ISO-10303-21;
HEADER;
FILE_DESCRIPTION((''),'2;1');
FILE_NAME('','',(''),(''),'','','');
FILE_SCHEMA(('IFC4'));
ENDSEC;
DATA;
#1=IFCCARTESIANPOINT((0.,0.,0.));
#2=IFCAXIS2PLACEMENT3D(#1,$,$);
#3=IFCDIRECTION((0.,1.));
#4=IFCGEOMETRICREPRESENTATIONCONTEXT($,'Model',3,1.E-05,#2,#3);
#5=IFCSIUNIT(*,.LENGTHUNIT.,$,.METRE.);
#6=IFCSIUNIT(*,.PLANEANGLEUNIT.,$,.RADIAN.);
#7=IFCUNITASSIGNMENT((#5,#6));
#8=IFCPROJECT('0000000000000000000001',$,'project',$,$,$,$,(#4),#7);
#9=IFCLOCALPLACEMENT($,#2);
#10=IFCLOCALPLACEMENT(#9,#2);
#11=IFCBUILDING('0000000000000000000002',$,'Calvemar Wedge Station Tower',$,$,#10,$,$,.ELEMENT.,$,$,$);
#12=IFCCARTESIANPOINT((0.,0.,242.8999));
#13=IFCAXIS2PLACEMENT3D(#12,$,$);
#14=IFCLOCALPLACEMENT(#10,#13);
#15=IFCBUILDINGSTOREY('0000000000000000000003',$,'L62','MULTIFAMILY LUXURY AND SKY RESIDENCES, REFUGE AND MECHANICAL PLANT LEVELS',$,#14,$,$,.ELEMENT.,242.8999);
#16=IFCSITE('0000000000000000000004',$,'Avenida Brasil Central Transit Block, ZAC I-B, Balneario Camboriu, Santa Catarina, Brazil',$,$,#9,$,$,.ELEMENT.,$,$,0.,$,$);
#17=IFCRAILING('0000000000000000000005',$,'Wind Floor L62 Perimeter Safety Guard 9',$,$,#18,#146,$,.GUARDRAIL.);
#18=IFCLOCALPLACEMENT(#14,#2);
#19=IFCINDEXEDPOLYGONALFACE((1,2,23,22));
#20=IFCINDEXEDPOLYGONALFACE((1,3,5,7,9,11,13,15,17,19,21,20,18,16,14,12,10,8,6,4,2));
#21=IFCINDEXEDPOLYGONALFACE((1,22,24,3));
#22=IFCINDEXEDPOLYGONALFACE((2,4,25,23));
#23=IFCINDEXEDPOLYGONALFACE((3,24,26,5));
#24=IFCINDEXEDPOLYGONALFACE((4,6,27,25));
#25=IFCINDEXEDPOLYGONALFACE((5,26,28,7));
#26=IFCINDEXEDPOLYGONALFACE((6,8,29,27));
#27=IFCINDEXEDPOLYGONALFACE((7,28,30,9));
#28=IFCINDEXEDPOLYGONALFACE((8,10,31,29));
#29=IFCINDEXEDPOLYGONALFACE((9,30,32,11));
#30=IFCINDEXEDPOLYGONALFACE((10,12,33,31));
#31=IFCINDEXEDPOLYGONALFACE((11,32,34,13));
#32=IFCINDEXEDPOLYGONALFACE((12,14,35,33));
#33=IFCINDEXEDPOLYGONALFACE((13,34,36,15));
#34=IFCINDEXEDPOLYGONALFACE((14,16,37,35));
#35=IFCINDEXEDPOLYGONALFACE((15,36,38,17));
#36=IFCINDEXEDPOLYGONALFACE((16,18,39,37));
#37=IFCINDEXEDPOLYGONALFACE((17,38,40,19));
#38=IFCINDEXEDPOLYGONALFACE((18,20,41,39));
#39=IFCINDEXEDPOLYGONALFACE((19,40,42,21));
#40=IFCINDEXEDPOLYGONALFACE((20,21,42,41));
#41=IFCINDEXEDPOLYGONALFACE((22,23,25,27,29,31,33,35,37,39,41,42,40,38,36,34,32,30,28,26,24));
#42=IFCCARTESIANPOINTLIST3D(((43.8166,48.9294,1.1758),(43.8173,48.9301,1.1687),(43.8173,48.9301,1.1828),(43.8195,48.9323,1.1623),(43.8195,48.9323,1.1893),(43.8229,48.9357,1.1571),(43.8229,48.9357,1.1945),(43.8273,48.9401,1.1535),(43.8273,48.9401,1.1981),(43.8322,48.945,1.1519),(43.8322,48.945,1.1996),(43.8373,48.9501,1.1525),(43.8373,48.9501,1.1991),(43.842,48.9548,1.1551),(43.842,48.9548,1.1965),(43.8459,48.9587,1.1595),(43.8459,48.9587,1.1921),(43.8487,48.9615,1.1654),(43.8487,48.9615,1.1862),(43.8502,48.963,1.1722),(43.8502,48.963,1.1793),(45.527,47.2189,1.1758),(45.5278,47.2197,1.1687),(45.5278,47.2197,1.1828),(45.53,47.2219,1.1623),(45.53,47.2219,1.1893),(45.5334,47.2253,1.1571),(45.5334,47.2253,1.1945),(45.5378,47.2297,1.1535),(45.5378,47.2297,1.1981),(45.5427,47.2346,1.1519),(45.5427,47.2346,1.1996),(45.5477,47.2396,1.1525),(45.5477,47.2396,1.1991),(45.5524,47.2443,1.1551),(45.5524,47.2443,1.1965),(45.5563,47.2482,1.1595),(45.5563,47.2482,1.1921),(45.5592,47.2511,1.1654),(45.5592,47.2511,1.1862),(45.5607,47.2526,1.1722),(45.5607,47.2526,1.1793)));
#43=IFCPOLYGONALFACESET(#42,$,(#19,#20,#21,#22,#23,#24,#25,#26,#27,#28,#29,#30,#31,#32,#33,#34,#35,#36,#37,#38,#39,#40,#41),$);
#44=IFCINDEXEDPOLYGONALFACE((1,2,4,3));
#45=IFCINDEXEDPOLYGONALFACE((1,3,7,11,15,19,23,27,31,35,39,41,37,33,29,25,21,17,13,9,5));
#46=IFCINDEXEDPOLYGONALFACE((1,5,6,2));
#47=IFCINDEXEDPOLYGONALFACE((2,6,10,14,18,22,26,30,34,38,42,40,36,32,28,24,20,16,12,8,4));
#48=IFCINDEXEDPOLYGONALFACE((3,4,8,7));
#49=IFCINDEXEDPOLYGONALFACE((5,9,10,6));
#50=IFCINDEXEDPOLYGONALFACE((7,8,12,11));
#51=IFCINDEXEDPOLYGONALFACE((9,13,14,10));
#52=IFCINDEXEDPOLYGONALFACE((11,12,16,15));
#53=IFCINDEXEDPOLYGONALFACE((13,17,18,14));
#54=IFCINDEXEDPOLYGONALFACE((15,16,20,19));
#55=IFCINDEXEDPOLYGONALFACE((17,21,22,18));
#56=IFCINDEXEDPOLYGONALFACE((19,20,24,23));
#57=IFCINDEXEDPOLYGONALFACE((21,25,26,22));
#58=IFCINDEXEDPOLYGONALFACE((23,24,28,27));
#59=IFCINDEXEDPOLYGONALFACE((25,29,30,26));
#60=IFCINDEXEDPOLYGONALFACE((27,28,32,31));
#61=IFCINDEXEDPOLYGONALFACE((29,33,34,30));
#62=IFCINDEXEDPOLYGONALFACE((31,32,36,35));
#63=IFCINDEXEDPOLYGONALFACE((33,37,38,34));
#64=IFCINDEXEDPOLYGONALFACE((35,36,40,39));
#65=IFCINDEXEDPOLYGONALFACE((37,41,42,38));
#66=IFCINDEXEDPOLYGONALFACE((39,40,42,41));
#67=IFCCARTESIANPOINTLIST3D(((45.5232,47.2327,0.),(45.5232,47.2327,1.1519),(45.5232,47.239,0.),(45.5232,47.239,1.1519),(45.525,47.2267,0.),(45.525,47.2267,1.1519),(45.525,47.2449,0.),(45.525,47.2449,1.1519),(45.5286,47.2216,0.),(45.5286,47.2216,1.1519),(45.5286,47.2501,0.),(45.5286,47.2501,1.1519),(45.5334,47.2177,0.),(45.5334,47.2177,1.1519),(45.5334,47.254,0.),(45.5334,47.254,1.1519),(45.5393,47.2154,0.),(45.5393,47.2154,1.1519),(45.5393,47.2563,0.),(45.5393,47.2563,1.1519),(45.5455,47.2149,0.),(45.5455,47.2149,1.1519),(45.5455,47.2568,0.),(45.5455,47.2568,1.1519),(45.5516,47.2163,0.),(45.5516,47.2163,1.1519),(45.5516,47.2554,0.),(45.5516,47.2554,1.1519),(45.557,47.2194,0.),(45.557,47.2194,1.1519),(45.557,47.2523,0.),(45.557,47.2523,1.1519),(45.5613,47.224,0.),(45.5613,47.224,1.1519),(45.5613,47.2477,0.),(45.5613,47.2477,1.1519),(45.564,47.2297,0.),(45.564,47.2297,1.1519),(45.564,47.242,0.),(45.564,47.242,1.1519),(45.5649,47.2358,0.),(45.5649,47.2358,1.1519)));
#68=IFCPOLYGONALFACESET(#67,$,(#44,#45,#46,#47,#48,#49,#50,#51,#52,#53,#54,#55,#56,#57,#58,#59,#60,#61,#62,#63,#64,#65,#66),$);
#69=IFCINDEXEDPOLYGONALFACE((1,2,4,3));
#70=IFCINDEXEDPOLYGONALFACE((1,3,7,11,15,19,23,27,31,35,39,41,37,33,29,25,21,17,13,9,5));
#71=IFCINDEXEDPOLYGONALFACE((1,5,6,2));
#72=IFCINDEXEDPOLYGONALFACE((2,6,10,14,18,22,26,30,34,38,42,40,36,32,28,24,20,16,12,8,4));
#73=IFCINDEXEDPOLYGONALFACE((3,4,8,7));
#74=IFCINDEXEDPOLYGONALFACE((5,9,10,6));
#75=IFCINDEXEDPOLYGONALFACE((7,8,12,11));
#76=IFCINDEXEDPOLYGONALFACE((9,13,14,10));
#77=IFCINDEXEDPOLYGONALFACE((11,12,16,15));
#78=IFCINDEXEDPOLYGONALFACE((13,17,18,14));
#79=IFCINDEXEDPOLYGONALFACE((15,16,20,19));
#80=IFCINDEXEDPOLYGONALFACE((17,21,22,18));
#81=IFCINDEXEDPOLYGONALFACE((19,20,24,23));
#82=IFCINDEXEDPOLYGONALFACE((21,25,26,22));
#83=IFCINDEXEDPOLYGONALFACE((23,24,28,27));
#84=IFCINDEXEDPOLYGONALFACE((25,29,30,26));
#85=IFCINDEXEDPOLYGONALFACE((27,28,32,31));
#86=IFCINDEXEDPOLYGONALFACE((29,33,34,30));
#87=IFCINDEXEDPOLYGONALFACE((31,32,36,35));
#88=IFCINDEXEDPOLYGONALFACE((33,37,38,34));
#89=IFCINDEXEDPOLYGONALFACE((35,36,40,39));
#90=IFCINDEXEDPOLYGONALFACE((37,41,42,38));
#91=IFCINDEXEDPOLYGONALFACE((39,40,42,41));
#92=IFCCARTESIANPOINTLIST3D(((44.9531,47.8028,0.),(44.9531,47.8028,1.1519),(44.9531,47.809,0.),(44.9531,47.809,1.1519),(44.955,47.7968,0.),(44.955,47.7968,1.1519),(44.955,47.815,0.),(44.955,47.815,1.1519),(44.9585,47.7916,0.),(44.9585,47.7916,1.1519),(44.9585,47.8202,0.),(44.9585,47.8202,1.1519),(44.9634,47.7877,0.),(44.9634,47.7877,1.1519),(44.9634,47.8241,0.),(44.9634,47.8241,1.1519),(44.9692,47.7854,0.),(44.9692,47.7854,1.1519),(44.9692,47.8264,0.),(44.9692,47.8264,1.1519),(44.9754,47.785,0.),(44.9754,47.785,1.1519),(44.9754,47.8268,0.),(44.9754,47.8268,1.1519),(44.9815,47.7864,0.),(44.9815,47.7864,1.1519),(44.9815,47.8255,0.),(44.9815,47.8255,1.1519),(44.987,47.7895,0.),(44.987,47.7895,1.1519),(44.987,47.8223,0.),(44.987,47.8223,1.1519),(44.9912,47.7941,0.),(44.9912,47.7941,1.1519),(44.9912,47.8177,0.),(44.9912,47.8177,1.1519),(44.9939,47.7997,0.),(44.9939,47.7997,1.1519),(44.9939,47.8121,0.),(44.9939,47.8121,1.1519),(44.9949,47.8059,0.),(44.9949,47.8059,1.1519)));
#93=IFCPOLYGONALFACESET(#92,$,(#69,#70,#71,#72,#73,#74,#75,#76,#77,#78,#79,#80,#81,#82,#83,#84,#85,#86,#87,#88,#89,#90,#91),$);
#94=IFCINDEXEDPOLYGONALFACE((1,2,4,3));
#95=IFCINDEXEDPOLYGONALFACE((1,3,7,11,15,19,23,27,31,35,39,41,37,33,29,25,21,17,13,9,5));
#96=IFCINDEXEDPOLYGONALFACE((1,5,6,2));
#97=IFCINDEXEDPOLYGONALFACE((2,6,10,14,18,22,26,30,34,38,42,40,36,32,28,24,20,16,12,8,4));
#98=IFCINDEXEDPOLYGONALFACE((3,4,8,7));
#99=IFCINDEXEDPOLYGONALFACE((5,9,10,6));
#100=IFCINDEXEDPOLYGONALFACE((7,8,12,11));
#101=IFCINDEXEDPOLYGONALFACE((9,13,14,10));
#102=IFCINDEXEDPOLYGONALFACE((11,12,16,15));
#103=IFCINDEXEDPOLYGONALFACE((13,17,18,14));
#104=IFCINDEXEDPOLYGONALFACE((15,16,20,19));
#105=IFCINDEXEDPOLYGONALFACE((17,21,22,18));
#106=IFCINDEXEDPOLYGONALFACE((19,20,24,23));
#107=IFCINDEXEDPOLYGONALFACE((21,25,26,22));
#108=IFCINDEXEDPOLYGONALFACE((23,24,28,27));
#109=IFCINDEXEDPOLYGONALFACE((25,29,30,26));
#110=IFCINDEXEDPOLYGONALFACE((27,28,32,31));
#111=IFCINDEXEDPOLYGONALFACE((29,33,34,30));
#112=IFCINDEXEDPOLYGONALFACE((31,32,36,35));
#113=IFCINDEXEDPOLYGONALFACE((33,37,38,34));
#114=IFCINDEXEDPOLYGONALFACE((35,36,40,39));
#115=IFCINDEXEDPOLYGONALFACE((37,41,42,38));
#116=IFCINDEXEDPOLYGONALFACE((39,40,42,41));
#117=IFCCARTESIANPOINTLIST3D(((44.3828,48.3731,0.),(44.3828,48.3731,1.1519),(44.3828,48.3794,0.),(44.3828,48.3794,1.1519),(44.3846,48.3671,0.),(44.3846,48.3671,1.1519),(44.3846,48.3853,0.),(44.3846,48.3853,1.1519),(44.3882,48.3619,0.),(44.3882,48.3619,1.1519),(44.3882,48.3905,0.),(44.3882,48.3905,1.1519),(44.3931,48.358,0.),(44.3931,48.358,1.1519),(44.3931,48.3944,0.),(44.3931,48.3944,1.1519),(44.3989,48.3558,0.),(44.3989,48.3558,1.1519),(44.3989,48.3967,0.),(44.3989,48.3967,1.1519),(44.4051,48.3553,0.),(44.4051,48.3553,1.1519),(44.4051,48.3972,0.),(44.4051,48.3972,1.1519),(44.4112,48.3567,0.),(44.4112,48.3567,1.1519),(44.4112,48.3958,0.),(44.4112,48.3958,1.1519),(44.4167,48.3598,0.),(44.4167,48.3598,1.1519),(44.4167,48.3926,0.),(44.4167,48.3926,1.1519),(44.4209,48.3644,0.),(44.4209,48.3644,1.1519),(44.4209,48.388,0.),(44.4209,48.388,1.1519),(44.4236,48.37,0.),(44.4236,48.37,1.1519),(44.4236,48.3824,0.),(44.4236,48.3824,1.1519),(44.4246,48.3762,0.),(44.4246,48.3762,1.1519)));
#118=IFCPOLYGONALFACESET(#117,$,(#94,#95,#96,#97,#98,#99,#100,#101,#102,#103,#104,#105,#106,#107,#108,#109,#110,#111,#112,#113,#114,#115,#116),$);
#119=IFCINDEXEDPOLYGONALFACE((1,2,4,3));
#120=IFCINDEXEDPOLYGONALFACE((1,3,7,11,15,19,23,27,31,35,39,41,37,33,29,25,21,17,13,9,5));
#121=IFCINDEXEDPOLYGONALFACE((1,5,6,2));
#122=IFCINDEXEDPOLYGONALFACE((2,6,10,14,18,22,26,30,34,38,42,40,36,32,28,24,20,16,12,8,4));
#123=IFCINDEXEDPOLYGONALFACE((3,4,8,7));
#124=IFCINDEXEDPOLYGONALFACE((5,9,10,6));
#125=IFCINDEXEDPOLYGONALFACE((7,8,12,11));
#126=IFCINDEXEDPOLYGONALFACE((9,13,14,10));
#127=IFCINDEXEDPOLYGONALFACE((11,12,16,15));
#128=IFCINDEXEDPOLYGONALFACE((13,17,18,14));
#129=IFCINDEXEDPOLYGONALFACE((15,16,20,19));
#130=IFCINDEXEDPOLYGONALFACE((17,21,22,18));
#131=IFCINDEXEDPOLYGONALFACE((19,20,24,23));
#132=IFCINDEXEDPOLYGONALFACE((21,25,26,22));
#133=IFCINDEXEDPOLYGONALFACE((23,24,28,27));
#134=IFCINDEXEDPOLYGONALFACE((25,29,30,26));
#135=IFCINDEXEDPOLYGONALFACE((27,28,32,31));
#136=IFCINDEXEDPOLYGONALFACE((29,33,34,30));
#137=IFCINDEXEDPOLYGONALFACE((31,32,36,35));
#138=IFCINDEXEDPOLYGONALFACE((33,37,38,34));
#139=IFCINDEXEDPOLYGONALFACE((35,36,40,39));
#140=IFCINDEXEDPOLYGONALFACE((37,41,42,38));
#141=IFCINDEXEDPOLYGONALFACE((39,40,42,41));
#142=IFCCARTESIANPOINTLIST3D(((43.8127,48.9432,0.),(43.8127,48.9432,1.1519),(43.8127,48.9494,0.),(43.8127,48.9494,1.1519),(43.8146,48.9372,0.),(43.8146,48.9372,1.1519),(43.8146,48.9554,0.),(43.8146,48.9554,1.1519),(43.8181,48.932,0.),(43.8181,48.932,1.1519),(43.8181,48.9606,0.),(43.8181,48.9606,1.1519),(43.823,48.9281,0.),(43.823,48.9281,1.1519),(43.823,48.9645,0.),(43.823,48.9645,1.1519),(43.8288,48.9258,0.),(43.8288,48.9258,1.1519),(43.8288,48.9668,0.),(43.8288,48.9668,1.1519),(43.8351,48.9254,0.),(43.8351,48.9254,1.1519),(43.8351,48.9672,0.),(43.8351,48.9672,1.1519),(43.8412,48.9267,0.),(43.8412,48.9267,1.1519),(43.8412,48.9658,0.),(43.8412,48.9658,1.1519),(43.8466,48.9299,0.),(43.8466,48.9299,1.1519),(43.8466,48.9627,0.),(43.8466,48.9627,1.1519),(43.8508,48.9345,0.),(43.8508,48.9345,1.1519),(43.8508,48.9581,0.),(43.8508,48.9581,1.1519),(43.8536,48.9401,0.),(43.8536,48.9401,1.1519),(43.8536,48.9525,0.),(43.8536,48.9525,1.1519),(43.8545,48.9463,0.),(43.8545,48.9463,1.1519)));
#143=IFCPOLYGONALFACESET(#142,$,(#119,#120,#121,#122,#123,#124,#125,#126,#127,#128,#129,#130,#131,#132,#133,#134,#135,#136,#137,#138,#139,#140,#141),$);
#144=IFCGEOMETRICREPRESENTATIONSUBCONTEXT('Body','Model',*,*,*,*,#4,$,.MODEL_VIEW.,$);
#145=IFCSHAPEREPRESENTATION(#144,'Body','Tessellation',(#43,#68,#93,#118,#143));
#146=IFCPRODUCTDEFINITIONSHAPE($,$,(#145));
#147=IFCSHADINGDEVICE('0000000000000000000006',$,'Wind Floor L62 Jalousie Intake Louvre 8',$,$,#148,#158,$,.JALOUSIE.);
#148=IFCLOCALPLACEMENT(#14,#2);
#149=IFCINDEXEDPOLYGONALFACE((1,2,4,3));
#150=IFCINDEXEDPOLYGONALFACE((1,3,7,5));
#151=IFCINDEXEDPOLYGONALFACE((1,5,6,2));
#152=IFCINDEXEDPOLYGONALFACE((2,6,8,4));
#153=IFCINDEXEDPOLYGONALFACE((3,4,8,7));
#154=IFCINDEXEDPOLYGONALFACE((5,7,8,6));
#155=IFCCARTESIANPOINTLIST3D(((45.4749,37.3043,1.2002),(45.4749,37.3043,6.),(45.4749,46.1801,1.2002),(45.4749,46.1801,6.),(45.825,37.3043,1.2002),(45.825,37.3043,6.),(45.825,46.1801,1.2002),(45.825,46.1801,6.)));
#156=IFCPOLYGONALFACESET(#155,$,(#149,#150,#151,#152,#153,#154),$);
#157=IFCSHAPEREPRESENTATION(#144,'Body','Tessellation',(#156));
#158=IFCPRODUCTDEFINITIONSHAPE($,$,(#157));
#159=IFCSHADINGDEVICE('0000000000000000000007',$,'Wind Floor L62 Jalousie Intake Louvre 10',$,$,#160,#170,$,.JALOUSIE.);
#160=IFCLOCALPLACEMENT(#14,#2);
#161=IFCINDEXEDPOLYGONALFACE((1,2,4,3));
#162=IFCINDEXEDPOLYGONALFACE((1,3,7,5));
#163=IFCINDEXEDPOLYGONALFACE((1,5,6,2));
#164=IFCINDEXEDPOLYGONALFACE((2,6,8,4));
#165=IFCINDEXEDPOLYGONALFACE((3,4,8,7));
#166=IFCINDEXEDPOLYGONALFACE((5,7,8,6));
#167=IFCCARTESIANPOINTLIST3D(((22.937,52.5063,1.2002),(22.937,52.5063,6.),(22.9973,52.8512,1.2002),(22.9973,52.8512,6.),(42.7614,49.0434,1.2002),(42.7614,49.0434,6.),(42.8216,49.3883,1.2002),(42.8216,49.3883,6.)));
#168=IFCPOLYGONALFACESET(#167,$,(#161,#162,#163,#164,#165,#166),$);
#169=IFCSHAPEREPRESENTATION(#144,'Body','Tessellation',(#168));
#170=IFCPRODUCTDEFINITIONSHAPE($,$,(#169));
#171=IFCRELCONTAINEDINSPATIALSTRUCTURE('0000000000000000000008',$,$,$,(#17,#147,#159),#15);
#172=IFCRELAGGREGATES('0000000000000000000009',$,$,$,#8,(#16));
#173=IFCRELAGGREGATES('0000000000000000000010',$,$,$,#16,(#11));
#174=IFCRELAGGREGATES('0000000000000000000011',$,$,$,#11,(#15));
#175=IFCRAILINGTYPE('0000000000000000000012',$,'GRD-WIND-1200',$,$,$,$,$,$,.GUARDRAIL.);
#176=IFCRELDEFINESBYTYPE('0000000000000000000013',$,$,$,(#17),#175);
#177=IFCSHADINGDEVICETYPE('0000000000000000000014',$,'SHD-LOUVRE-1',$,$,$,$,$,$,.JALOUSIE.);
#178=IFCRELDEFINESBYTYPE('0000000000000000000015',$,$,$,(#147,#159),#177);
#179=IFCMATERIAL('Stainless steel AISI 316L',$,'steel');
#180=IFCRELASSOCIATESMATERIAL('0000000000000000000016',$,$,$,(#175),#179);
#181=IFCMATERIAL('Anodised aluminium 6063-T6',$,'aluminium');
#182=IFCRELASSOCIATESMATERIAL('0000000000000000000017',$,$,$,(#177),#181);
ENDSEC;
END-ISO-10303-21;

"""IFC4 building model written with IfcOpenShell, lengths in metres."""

from ifc_helpers import new_model, si_unit, direction, frame, frame_2d, origin, origin_2d, place, context, subcontext, project, spatial, rectangle, circle, extrude, material, type_object, element, save


model = new_model("IFC4")

# Units and contexts
model_context = context("Model", 3, precision=1e-05, world=origin(), true_north=direction((0.0, 1.0)))
body_context = subcontext(model_context, "Body", "Model", "MODEL_VIEW")
ifc_project = project(units=[si_unit("LENGTHUNIT", "METRE"), si_unit("PLANEANGLEUNIT", "RADIAN")], contexts=[model_context])

# Site, building, storey
site_placement = place(None, origin())
site = spatial("IfcSite", under=ifc_project, at=site_placement, Name="Avenida Brasil Central Transit Block, ZAC I-B, Balneario Camboriu, Santa Catarina, Brazil", CompositionType="ELEMENT", RefElevation=0.0)
building_placement = place(site_placement, origin())
building = spatial("IfcBuilding", under=site, at=building_placement, Name="Calvemar Wedge Station Tower", CompositionType="ELEMENT")
storey_placement = place(building_placement, frame((0.0, 0.0, 242.8999)))
storey = spatial("IfcBuildingStorey", under=building, at=storey_placement, Name="L62", Description="MULTIFAMILY LUXURY AND SKY RESIDENCES, REFUGE AND MECHANICAL PLANT LEVELS", CompositionType="ELEMENT", Elevation=242.8999)

# Railing
ifc_material_1 = material(Name="Stainless steel AISI 316L", Category="steel")
railing_type = type_object("IfcRailingType", Name="GRD-WIND-1200", PredefinedType="GUARDRAIL", material=ifc_material_1)
railing_1_placement = place(storey_placement, frame((45.5439, 47.2358, 0.0)))
element("IfcRailing", 1, at=railing_1_placement, inside=storey, type_object=railing_type, Name="Wind Floor L62 Perimeter Safety Guard 9", PredefinedType="GUARDRAIL", context=body_context, shape_type="SweptSolid", body=[
    extrude(circle(Radius=0.0239, at=origin_2d()), frame((0.0, 0.0, 1.1758), z_axis=(-0.707107, 0.707107, 0.0), x_axis=(-0.707107, -0.707107, 0.0)), (0.0, 0.0, 1.0), 2.4189),
    extrude(circle(Radius=0.021, at=origin_2d()), origin(), (0.0, 0.0, 1.0), 1.1519),
    extrude(circle(Radius=0.021, at=origin_2d()), frame((-0.5701, 0.5701, 0.0)), (0.0, 0.0, 1.0), 1.1519),
    extrude(circle(Radius=0.021, at=origin_2d()), frame((-1.1404, 1.1404, 0.0)), (0.0, 0.0, 1.0), 1.1519),
    extrude(circle(Radius=0.021, at=origin_2d()), frame((-1.7104, 1.7104, 0.0)), (0.0, 0.0, 1.0), 1.1519),
])

# Shading devices
ifc_material_2 = material(Name="Anodised aluminium 6063-T6", Category="aluminium")
shading_device_type = type_object("IfcShadingDeviceType", Name="SHD-LOUVRE-1", PredefinedType="JALOUSIE", material=ifc_material_2)
shading_device_1_placement = place(storey_placement, frame((45.6499, 37.3042, 1.2002), z_axis=(0.0, 0.0, 1.0), x_axis=(0.0, 1.0, 0.0)))
element("IfcShadingDevice", 2, at=shading_device_1_placement, inside=storey, type_object=shading_device_type, Name="Wind Floor L62 Jalousie Intake Louvre 8", PredefinedType="JALOUSIE", context=body_context, shape_type="SweptSolid", body=[
    extrude(rectangle(XDim=8.8757, YDim=0.3501, at=frame_2d((4.438, 0.0))), origin(), (0.0, 0.0, 1.0), 4.7998),
])
shading_device_2_placement = place(storey_placement, frame((42.7915, 49.2158, 1.2002), z_axis=(0.0, 0.0, 1.0), x_axis=(-0.985084, 0.172074, 0.0)))
element("IfcShadingDevice", 3, at=shading_device_2_placement, inside=storey, type_object=shading_device_type, Name="Wind Floor L62 Jalousie Intake Louvre 10", PredefinedType="JALOUSIE", context=body_context, shape_type="SweptSolid", body=[
    extrude(rectangle(XDim=20.1245, YDim=0.3501, at=frame_2d((10.0623, 0.0))), origin(), (0.0, 0.0, 1.0), 4.7998),
])

save(model, "model.ifc")
